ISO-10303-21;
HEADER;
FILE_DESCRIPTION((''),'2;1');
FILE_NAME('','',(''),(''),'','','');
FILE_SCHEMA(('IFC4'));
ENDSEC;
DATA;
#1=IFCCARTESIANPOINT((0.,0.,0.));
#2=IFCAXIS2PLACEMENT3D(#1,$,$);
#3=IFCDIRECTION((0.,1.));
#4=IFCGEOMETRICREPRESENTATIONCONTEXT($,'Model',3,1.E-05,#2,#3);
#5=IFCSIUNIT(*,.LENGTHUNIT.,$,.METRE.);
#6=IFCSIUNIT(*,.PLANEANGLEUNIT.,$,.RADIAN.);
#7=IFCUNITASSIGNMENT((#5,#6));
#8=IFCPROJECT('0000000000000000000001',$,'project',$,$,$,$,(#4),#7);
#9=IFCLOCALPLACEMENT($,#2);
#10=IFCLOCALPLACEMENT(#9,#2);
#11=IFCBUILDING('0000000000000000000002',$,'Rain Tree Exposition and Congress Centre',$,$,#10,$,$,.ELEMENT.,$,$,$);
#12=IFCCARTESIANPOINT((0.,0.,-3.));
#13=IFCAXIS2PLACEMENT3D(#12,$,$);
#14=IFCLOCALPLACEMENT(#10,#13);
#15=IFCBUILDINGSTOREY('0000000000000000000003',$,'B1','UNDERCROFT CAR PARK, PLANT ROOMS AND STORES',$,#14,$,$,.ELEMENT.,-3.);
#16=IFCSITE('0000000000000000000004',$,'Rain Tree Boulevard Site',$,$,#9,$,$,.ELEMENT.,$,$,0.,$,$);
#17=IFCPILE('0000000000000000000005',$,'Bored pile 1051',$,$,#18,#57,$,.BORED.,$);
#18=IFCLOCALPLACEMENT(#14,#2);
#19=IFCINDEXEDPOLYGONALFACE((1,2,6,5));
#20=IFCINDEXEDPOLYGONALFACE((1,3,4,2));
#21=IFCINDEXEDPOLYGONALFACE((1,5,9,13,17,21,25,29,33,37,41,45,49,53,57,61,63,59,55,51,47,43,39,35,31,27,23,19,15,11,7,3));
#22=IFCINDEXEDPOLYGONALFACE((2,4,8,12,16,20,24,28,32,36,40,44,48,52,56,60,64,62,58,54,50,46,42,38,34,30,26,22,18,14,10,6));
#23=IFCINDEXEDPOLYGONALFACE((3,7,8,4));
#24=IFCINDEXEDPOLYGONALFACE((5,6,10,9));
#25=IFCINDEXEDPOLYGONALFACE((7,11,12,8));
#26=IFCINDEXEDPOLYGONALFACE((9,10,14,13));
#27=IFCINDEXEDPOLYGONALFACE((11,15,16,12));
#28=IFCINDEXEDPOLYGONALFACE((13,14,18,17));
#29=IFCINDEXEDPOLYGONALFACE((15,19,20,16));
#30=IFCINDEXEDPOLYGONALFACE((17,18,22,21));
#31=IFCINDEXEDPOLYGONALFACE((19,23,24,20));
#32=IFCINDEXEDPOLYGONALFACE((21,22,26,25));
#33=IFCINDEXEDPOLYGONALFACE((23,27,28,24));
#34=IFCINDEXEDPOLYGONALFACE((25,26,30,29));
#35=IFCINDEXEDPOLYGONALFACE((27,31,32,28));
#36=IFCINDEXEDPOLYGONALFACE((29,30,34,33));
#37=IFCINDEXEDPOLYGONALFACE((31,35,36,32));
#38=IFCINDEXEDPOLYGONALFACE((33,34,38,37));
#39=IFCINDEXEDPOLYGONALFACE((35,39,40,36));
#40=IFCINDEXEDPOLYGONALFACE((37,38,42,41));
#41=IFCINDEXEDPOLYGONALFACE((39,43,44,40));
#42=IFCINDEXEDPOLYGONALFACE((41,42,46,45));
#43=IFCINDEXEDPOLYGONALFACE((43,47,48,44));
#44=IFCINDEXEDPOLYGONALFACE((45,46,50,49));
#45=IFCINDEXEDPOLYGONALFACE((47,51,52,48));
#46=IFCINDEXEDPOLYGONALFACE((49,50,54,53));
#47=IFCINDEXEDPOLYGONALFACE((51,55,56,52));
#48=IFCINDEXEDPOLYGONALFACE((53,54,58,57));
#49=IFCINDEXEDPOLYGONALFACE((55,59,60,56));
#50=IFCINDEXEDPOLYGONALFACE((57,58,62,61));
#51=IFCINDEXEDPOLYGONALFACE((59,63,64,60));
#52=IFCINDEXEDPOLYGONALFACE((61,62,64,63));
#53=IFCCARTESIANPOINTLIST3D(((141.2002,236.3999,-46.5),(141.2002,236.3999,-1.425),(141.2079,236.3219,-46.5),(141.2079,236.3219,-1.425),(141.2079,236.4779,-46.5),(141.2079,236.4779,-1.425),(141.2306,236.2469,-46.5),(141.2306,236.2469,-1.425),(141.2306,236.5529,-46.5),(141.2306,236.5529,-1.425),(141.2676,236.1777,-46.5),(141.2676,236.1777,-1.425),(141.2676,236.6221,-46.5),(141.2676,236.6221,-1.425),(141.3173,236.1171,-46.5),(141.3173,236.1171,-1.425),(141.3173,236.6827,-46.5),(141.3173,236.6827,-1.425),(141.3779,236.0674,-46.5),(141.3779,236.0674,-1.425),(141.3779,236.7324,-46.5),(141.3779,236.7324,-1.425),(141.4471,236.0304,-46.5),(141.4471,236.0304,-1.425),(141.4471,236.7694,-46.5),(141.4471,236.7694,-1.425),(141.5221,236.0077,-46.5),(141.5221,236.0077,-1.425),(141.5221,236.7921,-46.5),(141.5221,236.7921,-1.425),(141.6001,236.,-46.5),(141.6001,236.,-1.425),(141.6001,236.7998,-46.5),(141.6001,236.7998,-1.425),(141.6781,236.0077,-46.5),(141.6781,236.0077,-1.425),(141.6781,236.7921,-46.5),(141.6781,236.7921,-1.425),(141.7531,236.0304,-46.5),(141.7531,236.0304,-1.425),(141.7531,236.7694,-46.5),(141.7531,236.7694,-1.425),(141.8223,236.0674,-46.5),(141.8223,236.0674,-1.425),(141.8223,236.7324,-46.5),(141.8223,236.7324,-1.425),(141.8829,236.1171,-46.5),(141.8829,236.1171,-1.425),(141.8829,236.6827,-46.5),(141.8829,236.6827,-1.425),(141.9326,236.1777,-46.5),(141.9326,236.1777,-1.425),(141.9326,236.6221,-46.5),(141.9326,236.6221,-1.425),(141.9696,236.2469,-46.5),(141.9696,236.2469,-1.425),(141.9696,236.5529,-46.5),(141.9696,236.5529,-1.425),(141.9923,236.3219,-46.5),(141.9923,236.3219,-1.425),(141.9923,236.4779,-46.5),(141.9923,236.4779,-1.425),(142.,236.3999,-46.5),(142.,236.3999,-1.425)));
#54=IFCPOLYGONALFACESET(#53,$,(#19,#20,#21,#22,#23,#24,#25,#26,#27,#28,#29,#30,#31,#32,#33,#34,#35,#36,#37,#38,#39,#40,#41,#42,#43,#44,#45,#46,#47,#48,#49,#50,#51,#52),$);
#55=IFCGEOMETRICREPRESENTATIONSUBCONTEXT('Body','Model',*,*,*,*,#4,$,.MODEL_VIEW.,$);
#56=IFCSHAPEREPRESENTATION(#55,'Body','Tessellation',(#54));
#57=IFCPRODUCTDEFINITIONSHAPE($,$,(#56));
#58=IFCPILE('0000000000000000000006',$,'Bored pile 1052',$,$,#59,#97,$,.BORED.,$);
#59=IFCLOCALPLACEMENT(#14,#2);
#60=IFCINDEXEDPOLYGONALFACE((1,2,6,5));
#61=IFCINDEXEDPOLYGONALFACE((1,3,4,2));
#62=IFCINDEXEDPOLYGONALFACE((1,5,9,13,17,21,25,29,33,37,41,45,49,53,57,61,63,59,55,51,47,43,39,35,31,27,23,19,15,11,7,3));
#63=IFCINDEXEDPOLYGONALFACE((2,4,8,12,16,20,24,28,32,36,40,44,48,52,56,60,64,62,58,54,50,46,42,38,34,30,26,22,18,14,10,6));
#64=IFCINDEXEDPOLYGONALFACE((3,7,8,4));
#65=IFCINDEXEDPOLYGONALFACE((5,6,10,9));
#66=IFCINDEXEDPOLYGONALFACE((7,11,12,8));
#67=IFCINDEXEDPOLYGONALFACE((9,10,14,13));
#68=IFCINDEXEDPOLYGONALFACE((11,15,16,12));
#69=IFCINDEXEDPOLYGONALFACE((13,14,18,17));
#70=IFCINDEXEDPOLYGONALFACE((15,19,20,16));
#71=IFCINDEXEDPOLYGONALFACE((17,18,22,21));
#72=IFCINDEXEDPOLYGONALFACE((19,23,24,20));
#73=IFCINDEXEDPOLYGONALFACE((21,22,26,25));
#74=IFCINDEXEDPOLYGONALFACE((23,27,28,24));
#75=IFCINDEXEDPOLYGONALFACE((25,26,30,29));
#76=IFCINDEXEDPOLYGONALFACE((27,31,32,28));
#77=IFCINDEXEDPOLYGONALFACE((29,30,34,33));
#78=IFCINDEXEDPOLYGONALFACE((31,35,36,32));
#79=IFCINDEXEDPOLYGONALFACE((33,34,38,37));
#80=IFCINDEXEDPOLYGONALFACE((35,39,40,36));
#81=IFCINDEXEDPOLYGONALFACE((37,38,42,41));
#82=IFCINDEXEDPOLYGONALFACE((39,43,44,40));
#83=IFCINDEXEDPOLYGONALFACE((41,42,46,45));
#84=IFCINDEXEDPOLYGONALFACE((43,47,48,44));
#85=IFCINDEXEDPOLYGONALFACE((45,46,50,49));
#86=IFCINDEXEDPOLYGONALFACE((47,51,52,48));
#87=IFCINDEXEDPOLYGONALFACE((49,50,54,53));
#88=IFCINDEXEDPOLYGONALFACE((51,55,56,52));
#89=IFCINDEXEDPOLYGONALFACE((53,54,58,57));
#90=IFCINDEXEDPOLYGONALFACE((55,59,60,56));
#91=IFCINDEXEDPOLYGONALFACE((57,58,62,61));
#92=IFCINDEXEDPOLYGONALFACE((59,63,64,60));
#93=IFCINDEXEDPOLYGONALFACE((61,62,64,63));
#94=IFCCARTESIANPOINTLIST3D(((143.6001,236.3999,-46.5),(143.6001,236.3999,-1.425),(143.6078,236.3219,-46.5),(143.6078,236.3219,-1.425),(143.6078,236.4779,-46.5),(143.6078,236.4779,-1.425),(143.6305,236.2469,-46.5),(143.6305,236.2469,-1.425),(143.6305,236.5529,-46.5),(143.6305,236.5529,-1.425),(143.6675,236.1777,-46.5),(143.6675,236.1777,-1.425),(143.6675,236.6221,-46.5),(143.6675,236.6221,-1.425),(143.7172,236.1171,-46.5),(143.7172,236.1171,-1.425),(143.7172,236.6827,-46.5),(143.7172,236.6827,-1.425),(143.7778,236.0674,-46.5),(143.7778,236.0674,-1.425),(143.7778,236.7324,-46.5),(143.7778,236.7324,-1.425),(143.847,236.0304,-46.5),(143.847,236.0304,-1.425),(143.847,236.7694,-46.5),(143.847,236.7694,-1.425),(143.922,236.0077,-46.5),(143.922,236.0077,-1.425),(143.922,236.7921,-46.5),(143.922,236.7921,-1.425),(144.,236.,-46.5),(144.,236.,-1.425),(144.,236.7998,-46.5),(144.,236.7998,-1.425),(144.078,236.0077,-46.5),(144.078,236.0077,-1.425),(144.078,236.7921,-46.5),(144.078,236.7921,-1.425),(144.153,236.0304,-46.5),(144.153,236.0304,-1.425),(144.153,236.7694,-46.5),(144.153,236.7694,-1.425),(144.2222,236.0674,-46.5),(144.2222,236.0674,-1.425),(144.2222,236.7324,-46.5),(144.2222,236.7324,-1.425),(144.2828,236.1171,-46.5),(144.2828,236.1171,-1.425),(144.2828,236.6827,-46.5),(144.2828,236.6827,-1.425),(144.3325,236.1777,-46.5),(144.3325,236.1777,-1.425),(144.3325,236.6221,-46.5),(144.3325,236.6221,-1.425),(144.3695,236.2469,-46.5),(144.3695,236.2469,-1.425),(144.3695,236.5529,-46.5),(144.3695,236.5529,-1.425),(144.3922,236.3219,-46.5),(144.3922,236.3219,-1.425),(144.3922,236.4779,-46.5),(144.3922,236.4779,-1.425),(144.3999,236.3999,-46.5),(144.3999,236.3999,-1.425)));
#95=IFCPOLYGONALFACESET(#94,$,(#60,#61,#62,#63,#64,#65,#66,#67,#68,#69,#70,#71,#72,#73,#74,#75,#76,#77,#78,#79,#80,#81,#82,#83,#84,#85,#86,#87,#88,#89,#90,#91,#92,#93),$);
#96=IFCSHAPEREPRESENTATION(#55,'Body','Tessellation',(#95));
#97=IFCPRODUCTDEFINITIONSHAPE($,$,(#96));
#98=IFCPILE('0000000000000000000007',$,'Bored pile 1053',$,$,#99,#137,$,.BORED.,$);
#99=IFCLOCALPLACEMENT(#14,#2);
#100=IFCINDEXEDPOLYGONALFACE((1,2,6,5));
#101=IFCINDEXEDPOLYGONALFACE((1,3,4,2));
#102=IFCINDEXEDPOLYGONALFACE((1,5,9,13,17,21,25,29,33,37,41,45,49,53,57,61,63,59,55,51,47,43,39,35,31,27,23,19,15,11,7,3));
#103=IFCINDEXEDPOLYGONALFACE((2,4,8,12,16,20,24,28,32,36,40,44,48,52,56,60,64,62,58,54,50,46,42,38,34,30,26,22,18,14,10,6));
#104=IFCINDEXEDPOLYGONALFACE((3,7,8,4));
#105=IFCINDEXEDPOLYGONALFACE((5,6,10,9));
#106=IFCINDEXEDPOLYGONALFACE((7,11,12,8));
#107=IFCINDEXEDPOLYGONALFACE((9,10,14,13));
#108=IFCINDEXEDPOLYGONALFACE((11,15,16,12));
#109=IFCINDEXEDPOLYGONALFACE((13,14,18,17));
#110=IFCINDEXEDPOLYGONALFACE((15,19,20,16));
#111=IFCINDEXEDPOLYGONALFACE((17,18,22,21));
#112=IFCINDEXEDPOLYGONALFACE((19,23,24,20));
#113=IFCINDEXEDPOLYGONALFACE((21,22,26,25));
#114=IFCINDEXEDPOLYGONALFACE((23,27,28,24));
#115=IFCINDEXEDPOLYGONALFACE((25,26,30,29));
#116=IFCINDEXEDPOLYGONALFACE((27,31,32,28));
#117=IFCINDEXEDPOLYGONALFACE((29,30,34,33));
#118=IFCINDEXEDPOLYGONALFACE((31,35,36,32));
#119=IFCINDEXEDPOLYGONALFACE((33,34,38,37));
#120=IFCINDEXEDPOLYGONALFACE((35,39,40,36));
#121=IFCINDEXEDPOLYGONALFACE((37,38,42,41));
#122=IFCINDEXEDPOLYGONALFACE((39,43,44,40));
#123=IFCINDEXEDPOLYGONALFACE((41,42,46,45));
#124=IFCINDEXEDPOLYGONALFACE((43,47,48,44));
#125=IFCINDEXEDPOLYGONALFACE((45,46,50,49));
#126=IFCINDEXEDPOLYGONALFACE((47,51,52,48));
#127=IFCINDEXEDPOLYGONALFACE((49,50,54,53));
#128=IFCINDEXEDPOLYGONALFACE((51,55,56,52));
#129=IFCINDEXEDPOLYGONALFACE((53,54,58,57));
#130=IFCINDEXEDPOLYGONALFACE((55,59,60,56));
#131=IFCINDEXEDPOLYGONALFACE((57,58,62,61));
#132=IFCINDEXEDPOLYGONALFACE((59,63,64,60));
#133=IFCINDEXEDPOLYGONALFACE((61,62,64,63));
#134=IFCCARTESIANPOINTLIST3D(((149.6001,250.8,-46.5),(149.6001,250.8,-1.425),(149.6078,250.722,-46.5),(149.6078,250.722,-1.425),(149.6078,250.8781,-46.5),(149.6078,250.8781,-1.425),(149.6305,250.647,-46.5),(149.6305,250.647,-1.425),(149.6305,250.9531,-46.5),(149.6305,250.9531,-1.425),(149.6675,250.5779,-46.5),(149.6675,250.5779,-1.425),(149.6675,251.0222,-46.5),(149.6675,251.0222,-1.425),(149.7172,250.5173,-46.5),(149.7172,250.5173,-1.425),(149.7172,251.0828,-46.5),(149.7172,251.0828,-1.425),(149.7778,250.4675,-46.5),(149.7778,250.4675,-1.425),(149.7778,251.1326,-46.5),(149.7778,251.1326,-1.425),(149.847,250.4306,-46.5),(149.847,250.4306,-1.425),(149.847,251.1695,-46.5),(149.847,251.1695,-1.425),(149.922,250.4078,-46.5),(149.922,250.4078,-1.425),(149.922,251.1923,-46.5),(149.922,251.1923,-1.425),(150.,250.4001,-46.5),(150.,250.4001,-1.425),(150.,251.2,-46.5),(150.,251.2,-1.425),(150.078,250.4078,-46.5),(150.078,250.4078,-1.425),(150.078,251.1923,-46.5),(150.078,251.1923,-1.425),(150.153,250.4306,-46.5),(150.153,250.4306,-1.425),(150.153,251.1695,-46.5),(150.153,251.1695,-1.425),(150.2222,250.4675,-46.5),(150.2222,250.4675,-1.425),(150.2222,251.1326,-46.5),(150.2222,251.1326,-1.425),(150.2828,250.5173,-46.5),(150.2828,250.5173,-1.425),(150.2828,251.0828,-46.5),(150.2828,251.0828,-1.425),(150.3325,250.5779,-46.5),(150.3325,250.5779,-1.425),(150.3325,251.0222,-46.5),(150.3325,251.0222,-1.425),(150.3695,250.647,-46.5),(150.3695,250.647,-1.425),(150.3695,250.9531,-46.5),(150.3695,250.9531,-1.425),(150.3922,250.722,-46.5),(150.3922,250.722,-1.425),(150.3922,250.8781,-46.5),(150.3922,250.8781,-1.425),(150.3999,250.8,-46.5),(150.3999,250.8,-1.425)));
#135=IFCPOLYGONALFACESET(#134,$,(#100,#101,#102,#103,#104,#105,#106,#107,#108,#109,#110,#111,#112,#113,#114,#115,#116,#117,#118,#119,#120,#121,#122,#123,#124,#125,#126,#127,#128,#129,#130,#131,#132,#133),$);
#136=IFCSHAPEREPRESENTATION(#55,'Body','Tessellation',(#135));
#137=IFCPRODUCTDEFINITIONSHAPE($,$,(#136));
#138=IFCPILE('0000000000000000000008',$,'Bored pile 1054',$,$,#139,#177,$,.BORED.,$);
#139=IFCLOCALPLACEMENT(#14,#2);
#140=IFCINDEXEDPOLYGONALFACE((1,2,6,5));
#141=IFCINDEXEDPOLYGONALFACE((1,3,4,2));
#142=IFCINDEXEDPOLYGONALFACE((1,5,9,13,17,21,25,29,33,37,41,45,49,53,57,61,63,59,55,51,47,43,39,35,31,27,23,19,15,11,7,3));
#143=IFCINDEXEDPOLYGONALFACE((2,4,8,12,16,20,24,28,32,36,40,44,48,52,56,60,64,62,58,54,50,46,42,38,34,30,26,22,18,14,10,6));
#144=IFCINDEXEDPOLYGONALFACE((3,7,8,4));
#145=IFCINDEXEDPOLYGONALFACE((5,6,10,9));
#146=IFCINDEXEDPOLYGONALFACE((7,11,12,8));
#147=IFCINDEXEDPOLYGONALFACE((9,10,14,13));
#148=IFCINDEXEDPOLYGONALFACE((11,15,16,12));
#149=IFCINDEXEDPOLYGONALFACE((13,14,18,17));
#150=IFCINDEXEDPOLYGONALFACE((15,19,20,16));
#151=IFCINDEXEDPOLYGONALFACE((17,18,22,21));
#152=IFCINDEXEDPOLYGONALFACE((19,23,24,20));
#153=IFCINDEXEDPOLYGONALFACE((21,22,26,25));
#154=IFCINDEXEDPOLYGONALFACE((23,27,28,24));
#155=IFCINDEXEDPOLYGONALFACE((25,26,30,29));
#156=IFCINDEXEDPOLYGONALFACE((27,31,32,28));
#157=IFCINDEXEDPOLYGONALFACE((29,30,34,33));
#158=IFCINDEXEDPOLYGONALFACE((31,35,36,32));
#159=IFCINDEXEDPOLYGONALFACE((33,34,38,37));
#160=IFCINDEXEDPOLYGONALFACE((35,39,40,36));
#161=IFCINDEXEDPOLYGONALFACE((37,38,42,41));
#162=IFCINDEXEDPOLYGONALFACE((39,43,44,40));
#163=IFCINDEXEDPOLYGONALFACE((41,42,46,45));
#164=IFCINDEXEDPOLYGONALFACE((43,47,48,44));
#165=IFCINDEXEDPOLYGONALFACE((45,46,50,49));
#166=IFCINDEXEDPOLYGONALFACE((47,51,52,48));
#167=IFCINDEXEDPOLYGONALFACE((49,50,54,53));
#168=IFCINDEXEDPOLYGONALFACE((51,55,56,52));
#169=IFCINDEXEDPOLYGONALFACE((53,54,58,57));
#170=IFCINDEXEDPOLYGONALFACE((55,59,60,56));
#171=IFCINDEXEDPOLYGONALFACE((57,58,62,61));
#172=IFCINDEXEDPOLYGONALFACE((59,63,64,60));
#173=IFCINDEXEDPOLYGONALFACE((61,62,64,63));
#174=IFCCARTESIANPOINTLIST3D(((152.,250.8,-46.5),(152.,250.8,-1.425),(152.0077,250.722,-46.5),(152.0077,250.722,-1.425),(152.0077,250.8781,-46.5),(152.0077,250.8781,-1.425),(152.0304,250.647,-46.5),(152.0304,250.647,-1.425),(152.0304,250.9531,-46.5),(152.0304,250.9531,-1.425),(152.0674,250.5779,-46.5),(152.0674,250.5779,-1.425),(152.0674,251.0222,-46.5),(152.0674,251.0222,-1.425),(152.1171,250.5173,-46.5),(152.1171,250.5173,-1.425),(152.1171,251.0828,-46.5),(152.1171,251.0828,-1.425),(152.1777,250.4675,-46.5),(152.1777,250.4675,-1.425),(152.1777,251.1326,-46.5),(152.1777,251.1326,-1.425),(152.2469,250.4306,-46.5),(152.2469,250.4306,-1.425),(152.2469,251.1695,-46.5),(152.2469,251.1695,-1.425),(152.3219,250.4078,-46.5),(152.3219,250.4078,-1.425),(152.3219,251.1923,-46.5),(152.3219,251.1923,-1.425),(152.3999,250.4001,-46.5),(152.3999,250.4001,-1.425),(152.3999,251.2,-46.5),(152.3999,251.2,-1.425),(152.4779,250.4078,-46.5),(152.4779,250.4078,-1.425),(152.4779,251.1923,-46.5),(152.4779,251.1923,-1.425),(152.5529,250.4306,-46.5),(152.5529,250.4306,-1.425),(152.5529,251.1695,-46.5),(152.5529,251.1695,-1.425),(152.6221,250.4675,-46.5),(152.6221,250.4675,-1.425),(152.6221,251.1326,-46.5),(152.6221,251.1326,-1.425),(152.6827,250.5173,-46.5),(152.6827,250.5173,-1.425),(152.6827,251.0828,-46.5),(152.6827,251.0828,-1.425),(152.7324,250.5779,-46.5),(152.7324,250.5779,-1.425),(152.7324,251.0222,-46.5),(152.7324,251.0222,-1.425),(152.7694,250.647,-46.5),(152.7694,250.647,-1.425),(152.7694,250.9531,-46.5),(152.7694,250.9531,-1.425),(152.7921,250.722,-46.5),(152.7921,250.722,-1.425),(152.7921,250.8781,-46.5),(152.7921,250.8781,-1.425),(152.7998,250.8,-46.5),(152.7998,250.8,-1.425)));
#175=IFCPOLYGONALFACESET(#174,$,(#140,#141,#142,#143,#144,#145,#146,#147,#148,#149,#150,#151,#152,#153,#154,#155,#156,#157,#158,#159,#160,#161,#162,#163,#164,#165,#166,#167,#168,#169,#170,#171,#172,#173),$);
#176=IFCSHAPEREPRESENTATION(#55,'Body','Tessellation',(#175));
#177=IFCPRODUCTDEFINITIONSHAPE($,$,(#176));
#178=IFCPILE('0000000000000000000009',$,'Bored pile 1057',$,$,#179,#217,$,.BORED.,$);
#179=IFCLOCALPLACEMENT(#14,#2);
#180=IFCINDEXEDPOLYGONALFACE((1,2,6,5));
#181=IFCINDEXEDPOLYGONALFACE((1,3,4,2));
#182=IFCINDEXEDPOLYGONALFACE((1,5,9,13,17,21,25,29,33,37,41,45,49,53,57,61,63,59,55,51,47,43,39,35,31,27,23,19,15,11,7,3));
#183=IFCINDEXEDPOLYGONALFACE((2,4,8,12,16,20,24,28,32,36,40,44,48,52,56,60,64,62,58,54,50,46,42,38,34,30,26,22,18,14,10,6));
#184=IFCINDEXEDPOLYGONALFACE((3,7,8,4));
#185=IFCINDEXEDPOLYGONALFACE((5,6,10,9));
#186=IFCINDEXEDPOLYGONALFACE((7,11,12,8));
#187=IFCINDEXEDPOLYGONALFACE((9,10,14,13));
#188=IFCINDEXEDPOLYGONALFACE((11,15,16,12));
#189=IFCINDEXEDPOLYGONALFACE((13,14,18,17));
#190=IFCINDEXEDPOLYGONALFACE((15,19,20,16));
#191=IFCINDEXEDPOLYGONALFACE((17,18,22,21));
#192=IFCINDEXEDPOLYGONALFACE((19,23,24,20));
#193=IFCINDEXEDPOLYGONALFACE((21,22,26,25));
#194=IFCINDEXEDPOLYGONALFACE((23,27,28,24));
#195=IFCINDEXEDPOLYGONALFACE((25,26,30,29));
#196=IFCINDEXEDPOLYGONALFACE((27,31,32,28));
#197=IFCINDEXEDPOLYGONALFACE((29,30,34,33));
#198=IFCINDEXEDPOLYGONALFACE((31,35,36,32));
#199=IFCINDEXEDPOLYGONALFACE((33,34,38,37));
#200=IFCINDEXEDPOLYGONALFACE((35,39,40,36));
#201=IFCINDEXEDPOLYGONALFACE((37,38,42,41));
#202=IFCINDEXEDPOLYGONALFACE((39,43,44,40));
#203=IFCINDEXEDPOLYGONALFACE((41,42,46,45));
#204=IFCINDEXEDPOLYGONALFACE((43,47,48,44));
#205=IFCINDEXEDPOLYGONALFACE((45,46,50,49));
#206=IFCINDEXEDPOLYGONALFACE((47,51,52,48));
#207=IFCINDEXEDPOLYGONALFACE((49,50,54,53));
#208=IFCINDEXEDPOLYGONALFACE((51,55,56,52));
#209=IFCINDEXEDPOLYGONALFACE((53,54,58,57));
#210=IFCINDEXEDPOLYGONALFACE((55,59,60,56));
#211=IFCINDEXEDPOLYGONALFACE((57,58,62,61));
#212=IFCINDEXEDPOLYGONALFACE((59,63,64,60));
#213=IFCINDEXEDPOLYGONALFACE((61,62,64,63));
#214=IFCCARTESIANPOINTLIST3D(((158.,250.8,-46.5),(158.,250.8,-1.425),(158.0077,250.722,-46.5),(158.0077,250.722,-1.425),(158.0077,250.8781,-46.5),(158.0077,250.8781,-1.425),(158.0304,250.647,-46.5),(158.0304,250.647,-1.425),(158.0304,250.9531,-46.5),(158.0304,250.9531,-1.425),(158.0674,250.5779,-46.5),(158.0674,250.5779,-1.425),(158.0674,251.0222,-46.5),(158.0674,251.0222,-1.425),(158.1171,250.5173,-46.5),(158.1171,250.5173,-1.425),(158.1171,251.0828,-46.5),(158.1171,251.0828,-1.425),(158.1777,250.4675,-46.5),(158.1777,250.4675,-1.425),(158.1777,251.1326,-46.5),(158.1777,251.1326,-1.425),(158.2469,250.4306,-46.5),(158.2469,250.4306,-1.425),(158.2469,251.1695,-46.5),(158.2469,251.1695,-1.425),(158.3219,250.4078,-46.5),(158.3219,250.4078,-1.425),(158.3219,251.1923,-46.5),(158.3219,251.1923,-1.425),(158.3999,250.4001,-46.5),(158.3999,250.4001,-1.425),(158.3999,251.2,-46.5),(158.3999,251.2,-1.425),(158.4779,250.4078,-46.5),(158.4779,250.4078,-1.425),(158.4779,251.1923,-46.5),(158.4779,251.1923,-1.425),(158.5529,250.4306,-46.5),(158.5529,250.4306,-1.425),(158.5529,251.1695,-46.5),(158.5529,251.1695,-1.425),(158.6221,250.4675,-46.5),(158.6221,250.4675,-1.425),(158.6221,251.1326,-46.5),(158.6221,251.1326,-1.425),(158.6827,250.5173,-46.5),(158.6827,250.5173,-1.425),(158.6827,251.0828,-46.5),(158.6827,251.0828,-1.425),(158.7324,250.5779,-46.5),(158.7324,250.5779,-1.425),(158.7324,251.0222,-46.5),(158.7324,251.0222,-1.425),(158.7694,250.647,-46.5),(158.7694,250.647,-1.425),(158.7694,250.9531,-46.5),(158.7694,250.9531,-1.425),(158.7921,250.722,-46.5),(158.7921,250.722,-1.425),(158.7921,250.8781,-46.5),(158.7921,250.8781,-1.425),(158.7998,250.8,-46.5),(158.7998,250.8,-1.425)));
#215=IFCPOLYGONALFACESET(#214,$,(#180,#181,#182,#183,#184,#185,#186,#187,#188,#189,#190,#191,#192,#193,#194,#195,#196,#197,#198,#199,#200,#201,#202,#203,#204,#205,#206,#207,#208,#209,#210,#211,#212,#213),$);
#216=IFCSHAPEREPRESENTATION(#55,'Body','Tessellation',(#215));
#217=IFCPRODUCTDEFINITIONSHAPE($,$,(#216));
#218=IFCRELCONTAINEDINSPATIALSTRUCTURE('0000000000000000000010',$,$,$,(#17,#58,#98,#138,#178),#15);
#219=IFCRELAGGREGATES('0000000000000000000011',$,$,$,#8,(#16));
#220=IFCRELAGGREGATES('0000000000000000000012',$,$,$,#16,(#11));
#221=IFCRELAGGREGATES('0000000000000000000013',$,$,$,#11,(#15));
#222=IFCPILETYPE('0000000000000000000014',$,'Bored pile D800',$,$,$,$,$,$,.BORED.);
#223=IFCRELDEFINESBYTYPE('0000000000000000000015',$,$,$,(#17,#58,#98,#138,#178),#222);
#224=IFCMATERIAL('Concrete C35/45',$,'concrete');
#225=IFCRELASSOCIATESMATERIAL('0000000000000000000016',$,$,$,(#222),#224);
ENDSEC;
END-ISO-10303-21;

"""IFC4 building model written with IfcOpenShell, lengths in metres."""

from ifc_helpers import new_model, si_unit, direction, frame, origin, origin_2d, place, context, subcontext, project, spatial, circle, extrude, material, material_profile, profile_set, type_object, element, save


model = new_model("IFC4")

# Units and contexts
model_context = context("Model", 3, precision=1e-05, world=origin(), true_north=direction((0.0, 1.0)))
body_context = subcontext(model_context, "Body", "Model", "MODEL_VIEW")
ifc_project = project(units=[si_unit("LENGTHUNIT", "METRE"), si_unit("PLANEANGLEUNIT", "RADIAN")], contexts=[model_context])

# Site, building, storey
site_placement = place(None, origin())
site = spatial("IfcSite", under=ifc_project, at=site_placement, Name="Rain Tree Boulevard Site", CompositionType="ELEMENT", RefElevation=0.0)
building_placement = place(site_placement, origin())
building = spatial("IfcBuilding", under=site, at=building_placement, Name="Rain Tree Exposition and Congress Centre", CompositionType="ELEMENT")
storey_placement = place(building_placement, frame((0.0, 0.0, -3.0)))
storey = spatial("IfcBuildingStorey", under=building, at=storey_placement, Name="B1", Description="UNDERCROFT CAR PARK, PLANT ROOMS AND STORES", CompositionType="ELEMENT", Elevation=-3.0)

# Piles
ifc_material_1 = material(Name="Concrete C35/45", Category="concrete")
ifc_material_profile_1 = material_profile(ifc_material_1, circle(Radius=0.3999, at=origin_2d()), Name="D800")
ifc_profile_set_1 = profile_set([ifc_material_profile_1], Name="Concrete C35/45")
pile_type = type_object("IfcPileType", Name="Bored pile D800", PredefinedType="BORED", material=ifc_profile_set_1)
for number, where, z_axis, x_axis, name in (
    (1, (141.6001, 236.3999, -1.425), (0.0, 0.0, -1.0), (1.0, 0.0, 0.0), "Bored pile 1051"),
    (2, (144.0, 236.3999, -1.425), (0.0, 0.0, -1.0), (1.0, 0.0, 0.0), "Bored pile 1052"),
    (3, (150.0, 250.8, -1.425), (0.0, 0.0, -1.0), (1.0, 0.0, 0.0), "Bored pile 1053"),
    (4, (152.3999, 250.8, -1.425), (0.0, 0.0, -1.0), (1.0, 0.0, 0.0), "Bored pile 1054"),
    (5, (158.3999, 250.8, -1.425), (0.0, 0.0, -1.0), (1.0, 0.0, 0.0), "Bored pile 1057"),
):
    element("IfcPile", number, at=place(storey_placement, frame(where, z_axis=z_axis, x_axis=x_axis)), inside=storey, type_object=pile_type, Name=name, PredefinedType="BORED", context=body_context, shape_type="SweptSolid", body=[
        extrude(circle(Radius=0.3999, at=origin_2d()), origin(), (0.0, 0.0, 1.0), 45.075),
    ])

save(model, "model.ifc")
